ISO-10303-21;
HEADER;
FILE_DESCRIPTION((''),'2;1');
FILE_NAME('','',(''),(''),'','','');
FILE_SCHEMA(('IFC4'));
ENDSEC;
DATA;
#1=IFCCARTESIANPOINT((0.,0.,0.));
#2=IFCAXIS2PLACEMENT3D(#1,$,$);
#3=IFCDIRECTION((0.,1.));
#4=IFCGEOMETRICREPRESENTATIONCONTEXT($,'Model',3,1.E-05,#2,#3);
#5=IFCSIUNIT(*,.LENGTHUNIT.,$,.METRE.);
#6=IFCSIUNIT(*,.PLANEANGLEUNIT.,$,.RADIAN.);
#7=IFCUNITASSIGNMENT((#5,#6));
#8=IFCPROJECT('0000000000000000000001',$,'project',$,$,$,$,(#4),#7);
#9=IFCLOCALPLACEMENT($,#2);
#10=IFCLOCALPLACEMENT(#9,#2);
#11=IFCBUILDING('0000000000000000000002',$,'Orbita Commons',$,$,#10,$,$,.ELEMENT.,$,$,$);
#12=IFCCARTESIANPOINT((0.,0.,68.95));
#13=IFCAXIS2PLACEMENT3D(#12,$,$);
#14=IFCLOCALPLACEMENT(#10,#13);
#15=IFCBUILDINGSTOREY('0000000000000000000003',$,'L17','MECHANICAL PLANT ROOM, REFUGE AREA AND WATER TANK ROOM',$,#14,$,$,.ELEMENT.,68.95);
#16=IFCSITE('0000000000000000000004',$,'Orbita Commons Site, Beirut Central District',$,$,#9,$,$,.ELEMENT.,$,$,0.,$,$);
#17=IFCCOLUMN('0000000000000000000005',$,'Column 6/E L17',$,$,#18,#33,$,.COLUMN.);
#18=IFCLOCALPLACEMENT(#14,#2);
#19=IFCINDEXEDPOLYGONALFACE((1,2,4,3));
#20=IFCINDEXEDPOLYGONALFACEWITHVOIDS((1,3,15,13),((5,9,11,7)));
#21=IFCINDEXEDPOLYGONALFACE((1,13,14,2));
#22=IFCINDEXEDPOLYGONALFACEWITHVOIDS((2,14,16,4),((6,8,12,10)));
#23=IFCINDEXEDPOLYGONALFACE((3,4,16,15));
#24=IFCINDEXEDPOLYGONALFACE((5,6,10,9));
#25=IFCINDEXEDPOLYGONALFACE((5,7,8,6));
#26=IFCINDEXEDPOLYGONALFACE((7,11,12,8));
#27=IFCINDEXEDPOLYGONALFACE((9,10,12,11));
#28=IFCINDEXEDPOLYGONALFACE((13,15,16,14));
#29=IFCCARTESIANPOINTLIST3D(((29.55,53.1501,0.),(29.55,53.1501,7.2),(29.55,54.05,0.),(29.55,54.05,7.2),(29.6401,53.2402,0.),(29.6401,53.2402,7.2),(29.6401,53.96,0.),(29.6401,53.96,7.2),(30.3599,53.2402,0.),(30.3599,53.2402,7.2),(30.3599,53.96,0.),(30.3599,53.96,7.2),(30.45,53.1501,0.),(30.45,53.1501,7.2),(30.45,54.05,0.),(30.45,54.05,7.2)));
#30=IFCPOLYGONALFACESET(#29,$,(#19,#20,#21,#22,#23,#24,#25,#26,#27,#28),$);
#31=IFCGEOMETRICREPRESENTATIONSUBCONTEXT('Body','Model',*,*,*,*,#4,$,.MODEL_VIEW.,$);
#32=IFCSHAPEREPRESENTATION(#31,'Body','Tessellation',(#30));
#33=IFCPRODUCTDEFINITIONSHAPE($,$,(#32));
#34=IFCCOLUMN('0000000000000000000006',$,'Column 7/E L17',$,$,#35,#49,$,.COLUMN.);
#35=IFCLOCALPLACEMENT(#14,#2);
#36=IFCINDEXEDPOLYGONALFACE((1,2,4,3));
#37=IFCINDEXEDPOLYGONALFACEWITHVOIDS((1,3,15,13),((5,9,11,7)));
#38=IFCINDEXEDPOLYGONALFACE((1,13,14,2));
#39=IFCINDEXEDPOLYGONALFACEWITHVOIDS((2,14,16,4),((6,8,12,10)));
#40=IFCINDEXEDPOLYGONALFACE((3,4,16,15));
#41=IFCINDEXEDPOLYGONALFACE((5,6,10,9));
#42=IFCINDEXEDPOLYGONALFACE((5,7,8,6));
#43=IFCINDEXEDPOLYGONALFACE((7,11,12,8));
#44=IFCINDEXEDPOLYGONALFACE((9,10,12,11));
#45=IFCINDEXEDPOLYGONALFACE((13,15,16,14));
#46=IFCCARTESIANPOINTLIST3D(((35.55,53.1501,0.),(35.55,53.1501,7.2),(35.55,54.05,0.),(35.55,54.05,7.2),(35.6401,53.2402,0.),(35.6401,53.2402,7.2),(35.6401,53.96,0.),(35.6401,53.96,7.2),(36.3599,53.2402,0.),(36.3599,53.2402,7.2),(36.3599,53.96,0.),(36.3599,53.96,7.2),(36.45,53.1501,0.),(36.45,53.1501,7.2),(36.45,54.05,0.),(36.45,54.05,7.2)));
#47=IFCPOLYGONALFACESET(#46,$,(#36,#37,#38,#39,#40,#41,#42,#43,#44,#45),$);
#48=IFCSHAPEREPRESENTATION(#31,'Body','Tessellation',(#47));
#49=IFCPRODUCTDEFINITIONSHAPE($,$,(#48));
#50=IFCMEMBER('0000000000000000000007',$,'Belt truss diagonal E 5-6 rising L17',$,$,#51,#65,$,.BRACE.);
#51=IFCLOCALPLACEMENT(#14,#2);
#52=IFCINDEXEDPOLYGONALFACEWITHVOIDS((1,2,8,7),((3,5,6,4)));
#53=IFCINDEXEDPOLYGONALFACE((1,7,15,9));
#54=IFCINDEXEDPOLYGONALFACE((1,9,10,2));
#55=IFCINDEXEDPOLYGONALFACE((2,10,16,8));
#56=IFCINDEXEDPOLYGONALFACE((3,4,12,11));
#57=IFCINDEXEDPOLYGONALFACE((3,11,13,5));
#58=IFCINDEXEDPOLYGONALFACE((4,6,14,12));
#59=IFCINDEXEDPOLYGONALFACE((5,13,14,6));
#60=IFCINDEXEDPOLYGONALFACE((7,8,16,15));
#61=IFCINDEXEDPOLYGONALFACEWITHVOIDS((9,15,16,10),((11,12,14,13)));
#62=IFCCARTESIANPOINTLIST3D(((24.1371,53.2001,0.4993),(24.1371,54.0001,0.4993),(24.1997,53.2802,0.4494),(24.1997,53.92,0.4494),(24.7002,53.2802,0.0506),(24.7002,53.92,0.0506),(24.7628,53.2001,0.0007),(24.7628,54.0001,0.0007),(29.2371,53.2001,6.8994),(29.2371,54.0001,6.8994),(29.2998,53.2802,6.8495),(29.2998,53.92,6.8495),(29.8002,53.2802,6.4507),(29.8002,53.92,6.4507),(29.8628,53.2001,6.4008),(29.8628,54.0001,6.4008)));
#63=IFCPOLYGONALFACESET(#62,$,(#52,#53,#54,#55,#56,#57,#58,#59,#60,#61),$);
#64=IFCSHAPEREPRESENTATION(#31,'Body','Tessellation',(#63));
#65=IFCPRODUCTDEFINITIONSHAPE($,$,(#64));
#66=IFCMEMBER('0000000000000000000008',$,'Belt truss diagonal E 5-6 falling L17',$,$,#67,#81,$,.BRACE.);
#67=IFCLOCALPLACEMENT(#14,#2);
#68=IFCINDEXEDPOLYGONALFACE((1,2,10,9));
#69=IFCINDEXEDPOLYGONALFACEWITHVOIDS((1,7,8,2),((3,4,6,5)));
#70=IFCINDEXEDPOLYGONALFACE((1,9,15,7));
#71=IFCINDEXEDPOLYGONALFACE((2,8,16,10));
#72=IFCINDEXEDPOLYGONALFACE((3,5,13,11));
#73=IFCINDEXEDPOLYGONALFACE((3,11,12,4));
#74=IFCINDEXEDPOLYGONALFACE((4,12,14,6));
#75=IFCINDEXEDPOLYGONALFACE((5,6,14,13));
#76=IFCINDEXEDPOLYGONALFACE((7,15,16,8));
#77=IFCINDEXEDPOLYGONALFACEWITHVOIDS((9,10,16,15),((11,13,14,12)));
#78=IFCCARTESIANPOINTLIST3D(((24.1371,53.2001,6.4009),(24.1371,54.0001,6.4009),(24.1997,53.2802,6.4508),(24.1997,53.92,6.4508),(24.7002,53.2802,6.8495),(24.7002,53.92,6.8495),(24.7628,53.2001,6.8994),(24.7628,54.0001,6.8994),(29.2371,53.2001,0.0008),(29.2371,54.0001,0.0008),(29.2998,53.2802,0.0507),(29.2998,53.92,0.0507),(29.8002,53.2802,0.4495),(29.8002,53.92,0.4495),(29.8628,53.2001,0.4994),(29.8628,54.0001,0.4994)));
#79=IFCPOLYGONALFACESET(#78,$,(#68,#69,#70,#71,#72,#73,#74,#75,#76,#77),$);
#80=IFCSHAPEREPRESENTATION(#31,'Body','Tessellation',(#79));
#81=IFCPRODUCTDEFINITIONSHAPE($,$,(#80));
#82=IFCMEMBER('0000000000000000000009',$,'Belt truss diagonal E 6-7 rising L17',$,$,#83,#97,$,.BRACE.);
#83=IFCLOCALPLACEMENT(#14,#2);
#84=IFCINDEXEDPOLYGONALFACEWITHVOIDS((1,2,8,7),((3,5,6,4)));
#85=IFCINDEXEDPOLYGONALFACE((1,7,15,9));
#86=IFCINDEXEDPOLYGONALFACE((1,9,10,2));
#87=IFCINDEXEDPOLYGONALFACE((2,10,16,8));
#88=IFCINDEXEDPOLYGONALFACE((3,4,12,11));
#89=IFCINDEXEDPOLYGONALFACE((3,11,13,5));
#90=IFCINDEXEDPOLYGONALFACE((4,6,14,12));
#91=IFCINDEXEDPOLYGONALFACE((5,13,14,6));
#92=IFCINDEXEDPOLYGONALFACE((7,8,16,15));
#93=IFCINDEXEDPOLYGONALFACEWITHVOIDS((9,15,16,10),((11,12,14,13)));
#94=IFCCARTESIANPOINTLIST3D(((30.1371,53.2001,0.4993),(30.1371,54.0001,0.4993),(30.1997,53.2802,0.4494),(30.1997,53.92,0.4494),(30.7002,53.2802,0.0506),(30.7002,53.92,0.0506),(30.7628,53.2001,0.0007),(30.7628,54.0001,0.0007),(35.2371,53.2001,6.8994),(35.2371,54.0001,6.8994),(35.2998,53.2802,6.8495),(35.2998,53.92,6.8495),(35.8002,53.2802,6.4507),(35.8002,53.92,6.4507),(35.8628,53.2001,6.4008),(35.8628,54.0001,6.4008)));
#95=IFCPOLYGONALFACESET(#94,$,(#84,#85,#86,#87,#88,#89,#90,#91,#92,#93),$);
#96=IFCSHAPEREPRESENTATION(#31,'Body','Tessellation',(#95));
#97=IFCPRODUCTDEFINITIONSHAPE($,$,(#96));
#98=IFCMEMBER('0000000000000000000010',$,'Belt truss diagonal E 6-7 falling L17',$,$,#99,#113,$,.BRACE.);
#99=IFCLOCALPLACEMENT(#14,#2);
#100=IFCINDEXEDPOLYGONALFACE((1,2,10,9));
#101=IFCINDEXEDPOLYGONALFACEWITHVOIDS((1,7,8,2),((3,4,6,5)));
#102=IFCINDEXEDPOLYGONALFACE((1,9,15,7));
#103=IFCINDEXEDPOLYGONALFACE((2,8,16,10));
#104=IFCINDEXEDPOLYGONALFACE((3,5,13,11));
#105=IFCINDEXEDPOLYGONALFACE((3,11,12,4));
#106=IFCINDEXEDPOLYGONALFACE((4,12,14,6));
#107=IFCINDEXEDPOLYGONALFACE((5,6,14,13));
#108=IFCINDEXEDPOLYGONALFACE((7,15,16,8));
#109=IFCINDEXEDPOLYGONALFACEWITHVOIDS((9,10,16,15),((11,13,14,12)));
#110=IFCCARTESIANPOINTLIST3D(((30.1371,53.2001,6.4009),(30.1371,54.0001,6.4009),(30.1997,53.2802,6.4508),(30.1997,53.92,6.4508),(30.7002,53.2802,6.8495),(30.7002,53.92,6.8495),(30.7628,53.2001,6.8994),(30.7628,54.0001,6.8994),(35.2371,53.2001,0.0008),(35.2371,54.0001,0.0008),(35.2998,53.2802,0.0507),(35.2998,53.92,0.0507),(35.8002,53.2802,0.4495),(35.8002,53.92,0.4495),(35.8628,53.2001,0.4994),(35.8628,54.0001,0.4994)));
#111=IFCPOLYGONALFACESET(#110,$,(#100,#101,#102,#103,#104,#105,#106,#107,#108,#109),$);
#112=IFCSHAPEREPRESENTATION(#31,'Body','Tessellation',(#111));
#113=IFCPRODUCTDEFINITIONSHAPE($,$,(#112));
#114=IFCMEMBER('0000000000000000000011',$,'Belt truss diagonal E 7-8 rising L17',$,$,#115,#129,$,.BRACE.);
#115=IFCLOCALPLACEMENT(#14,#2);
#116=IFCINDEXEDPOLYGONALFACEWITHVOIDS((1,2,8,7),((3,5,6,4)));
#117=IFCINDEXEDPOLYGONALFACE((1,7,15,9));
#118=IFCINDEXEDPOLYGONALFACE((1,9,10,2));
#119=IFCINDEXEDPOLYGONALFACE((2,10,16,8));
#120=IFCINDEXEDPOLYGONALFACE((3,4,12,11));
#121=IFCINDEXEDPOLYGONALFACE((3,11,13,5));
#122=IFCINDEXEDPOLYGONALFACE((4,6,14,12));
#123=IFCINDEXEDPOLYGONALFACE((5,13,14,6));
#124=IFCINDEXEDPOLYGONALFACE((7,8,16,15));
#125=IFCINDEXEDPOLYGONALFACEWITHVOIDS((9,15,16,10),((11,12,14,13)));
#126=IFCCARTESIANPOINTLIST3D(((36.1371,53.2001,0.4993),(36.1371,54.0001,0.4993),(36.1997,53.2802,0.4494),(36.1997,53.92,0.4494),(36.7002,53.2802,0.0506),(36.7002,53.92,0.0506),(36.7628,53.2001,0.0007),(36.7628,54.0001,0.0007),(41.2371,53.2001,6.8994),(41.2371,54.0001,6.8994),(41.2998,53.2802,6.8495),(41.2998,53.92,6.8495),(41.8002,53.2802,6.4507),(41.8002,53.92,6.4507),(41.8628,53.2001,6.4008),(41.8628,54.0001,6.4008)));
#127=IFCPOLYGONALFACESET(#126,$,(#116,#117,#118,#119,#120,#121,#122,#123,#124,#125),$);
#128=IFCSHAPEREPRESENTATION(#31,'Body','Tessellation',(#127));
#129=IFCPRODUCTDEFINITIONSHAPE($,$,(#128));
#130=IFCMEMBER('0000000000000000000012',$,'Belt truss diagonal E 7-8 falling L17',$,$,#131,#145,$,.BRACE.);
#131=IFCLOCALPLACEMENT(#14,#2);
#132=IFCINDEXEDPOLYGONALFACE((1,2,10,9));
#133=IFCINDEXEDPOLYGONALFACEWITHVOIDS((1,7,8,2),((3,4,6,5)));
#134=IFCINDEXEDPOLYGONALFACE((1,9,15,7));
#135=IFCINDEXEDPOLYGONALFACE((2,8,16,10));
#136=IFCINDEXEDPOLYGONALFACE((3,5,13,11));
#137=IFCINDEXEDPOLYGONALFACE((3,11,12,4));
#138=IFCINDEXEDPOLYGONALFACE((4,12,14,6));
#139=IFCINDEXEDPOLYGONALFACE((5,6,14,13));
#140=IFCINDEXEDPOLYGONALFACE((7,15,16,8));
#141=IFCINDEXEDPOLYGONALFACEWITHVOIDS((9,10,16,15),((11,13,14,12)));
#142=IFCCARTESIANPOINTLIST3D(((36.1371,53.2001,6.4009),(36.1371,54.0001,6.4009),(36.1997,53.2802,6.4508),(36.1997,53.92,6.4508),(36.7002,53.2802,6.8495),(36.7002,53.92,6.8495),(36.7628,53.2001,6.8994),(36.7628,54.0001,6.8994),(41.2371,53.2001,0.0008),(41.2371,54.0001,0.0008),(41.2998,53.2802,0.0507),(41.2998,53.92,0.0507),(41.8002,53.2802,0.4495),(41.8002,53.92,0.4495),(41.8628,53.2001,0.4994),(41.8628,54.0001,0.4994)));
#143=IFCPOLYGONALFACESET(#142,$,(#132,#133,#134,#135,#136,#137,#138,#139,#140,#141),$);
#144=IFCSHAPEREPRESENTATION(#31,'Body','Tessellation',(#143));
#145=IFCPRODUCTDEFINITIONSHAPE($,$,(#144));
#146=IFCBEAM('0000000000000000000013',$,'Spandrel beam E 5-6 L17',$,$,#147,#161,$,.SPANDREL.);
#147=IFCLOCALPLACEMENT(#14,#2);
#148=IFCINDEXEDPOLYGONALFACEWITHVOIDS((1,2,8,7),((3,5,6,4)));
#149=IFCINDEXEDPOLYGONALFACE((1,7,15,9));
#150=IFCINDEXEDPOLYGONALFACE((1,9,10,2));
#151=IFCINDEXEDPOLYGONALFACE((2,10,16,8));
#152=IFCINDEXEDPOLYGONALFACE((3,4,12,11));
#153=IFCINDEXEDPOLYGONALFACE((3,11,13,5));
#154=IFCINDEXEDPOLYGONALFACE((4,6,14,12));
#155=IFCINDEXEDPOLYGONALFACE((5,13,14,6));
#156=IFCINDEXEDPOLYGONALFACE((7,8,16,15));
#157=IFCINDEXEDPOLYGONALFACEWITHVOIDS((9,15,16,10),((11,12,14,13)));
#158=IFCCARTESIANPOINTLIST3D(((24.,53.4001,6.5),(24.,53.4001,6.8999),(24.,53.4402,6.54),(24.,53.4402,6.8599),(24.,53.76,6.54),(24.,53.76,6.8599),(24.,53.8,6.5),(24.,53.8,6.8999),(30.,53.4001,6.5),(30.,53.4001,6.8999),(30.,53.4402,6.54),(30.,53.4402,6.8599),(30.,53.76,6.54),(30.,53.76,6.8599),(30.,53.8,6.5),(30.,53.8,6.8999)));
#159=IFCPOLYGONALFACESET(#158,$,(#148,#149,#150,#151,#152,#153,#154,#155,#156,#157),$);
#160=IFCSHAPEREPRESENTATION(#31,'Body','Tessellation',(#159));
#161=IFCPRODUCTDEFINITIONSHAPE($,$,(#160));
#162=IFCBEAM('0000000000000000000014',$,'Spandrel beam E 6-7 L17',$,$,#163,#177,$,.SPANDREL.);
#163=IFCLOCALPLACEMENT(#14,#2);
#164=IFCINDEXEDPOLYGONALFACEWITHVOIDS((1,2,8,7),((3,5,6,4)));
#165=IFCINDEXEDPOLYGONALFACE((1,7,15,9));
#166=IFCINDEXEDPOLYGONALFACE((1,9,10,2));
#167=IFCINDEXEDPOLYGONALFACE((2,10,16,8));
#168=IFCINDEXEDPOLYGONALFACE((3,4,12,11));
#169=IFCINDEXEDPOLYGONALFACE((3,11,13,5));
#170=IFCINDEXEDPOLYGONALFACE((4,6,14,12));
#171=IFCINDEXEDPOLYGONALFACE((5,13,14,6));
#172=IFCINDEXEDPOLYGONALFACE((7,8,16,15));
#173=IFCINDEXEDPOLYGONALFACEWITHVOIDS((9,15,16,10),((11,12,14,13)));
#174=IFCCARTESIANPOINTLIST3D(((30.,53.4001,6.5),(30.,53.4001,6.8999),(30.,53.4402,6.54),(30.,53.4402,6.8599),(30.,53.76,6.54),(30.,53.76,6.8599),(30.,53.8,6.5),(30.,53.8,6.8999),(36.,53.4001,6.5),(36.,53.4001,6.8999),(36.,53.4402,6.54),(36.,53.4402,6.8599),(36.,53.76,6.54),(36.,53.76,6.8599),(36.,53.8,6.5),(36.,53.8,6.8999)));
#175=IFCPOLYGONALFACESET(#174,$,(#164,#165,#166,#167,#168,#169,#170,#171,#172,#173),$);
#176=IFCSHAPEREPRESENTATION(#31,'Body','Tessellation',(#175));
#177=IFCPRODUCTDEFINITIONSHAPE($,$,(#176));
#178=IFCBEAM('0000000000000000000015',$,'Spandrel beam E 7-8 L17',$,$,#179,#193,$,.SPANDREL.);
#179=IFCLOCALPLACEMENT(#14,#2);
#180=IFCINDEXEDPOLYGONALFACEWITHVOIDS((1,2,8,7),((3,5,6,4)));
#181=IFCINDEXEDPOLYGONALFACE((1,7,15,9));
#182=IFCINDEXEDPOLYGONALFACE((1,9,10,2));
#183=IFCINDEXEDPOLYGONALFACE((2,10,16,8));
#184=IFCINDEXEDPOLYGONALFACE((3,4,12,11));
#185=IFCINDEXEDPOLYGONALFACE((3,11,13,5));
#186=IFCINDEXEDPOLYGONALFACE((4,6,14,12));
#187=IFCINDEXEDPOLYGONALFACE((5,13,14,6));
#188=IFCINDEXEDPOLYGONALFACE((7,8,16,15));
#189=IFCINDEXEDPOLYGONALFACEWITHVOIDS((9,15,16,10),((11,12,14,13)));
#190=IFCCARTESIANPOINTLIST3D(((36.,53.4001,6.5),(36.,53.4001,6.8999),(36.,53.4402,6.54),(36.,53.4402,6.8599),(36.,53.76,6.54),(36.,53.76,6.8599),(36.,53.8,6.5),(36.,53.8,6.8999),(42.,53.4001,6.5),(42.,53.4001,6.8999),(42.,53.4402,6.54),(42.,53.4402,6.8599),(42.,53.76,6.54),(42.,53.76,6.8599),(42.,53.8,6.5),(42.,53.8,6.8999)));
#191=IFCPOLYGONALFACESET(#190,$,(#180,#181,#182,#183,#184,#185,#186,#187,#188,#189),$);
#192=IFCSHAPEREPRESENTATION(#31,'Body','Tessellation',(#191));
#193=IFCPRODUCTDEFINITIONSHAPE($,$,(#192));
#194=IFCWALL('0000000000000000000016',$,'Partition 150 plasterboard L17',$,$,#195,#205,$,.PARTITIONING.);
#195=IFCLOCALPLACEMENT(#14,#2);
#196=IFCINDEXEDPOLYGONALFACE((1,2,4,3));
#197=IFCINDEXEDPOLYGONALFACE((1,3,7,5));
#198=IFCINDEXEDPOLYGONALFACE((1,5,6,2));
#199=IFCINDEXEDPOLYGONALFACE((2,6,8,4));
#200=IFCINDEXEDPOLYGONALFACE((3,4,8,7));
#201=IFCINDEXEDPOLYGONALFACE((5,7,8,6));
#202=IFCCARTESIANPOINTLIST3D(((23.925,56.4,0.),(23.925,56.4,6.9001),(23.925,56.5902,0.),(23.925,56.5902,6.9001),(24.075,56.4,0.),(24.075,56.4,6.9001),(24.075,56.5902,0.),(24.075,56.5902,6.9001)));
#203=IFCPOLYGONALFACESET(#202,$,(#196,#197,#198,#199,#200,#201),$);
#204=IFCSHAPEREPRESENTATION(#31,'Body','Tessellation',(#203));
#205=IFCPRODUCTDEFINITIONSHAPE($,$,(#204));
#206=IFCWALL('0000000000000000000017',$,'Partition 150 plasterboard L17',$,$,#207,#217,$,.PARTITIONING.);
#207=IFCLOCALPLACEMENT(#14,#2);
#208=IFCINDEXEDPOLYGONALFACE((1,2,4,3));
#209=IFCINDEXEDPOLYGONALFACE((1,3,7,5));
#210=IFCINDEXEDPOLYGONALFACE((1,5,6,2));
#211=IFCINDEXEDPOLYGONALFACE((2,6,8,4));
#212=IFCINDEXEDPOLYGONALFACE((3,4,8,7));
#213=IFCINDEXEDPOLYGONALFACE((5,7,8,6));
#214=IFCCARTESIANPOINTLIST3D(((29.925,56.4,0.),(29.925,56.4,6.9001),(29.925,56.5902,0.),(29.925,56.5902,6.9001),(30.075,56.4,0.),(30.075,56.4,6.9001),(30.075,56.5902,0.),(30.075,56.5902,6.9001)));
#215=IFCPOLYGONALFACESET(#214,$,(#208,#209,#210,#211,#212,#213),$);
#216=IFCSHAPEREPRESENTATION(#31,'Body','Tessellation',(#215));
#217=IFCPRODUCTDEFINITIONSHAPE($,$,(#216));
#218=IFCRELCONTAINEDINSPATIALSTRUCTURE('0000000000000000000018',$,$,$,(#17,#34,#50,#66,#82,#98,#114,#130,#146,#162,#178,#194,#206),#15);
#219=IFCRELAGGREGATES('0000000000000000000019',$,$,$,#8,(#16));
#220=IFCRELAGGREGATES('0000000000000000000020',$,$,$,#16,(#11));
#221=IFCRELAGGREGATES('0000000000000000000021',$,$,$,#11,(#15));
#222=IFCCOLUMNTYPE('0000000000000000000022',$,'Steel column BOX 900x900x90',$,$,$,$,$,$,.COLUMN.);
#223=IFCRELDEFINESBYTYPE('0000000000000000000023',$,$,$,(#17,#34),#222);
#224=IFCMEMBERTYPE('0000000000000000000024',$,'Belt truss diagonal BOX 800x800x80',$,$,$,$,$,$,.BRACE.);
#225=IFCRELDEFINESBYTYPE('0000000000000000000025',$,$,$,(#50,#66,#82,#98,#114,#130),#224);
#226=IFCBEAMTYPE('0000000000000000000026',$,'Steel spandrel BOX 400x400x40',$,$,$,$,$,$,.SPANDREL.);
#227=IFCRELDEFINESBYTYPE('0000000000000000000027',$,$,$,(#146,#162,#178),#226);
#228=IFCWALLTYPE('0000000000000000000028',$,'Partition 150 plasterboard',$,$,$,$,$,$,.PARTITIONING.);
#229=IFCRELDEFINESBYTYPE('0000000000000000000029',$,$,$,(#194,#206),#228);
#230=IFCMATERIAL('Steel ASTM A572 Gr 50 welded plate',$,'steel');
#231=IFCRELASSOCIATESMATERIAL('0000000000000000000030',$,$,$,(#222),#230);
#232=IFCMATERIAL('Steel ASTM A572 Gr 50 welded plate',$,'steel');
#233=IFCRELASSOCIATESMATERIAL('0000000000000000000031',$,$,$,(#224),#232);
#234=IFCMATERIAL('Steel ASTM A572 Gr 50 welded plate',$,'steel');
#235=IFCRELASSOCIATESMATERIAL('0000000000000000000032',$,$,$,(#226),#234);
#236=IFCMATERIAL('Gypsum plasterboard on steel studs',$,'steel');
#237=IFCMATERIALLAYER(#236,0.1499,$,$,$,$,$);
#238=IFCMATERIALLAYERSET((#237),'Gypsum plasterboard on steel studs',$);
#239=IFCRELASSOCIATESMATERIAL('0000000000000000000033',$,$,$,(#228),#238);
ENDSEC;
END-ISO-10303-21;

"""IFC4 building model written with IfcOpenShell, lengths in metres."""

from ifc_helpers import new_model, si_unit, direction, frame, frame_2d, origin, origin_2d, place, context, subcontext, project, spatial, rectangle, hollow_rectangle, extrude, material, layer, layer_set, material_profile, profile_set, type_object, element, save


model = new_model("IFC4")

# Units and contexts
model_context = context("Model", 3, precision=1e-05, world=origin(), true_north=direction((0.0, 1.0)))
body_context = subcontext(model_context, "Body", "Model", "MODEL_VIEW")
ifc_project = project(units=[si_unit("LENGTHUNIT", "METRE"), si_unit("PLANEANGLEUNIT", "RADIAN")], contexts=[model_context])

# Site, building, storey
site_placement = place(None, origin())
site = spatial("IfcSite", under=ifc_project, at=site_placement, Name="Orbita Commons Site, Beirut Central District", CompositionType="ELEMENT", RefElevation=0.0)
building_placement = place(site_placement, origin())
building = spatial("IfcBuilding", under=site, at=building_placement, Name="Orbita Commons", CompositionType="ELEMENT")
storey_placement = place(building_placement, frame((0.0, 0.0, 68.95)))
storey = spatial("IfcBuildingStorey", under=building, at=storey_placement, Name="L17", Description="MECHANICAL PLANT ROOM, REFUGE AREA AND WATER TANK ROOM", CompositionType="ELEMENT", Elevation=68.95)

# Columns
ifc_material_1 = material(Name="Steel ASTM A572 Gr 50 welded plate", Category="steel")
ifc_material_profile_1 = material_profile(ifc_material_1, hollow_rectangle(XDim=0.8999, YDim=0.8999, WallThickness=0.0901, at=origin_2d()), Name="BOX 900x900x90")
ifc_profile_set_1 = profile_set([ifc_material_profile_1], Name="Steel ASTM A572 Gr 50 welded plate")
column_type = type_object("IfcColumnType", Name="Steel column BOX 900x900x90", PredefinedType="COLUMN", material=ifc_profile_set_1)
for number, where, z_axis, x_axis, name in (
    (1, (30.0, 53.6001, 0.0), (0.0, 0.0, 1.0), (1.0, 0.0, 0.0), "Column 6/E L17"),
    (2, (36.0, 53.6001, 0.0), (0.0, 0.0, 1.0), (1.0, 0.0, 0.0), "Column 7/E L17"),
):
    element("IfcColumn", number, at=place(storey_placement, frame(where, z_axis=z_axis, x_axis=x_axis)), inside=storey, type_object=column_type, Name=name, PredefinedType="COLUMN", context=body_context, shape_type="SweptSolid", body=[
        extrude(hollow_rectangle(XDim=0.8999, YDim=0.8999, WallThickness=0.0901, at=origin_2d()), origin(), (0.0, 0.0, 1.0), 7.2),
    ])

# Members
ifc_material_2 = material(Name="Steel ASTM A572 Gr 50 welded plate", Category="steel")
ifc_material_profile_2 = material_profile(ifc_material_2, hollow_rectangle(XDim=0.8, YDim=0.8, WallThickness=0.0801, at=origin_2d()), Name="BOX 800x800x80")
ifc_profile_set_2 = profile_set([ifc_material_profile_2], Name="Steel ASTM A572 Gr 50 welded plate")
member_type = type_object("IfcMemberType", Name="Belt truss diagonal BOX 800x800x80", PredefinedType="BRACE", material=ifc_profile_set_2)
for number, where, z_axis, x_axis, name in (
    (3, (24.45, 53.6001, 0.25), (0.623202, 0.0, 0.782061), (0.0, 1.0, 0.0), "Belt truss diagonal E 5-6 rising L17"),
    (4, (24.45, 53.6001, 6.6501), (0.623202, 0.0, -0.782061), (0.0, 1.0, 0.0), "Belt truss diagonal E 5-6 falling L17"),
    (5, (30.45, 53.6001, 0.25), (0.623202, 0.0, 0.782061), (0.0, 1.0, 0.0), "Belt truss diagonal E 6-7 rising L17"),
    (6, (30.45, 53.6001, 6.6501), (0.623202, 0.0, -0.782061), (0.0, 1.0, 0.0), "Belt truss diagonal E 6-7 falling L17"),
    (7, (36.45, 53.6001, 0.25), (0.623202, 0.0, 0.782061), (0.0, 1.0, 0.0), "Belt truss diagonal E 7-8 rising L17"),
    (8, (36.45, 53.6001, 6.6501), (0.623202, 0.0, -0.782061), (0.0, 1.0, 0.0), "Belt truss diagonal E 7-8 falling L17"),
):
    element("IfcMember", number, at=place(storey_placement, frame(where, z_axis=z_axis, x_axis=x_axis)), inside=storey, type_object=member_type, Name=name, PredefinedType="BRACE", context=body_context, shape_type="SweptSolid", body=[
        extrude(hollow_rectangle(XDim=0.8, YDim=0.8, WallThickness=0.0801, at=origin_2d()), origin(), (0.0, 0.0, 1.0), 8.1836),
    ])

# Beams
ifc_material_3 = material(Name="Steel ASTM A572 Gr 50 welded plate", Category="steel")
ifc_material_profile_3 = material_profile(ifc_material_3, hollow_rectangle(XDim=0.3999, YDim=0.3999, WallThickness=0.04, at=origin_2d()), Name="BOX 400x400x40")
ifc_profile_set_3 = profile_set([ifc_material_profile_3], Name="Steel ASTM A572 Gr 50 welded plate")
beam_type = type_object("IfcBeamType", Name="Steel spandrel BOX 400x400x40", PredefinedType="SPANDREL", material=ifc_profile_set_3)
for number, where, z_axis, x_axis, name in (
    (9, (24.0, 53.6001, 6.7), (1.0, 0.0, 0.0), (0.0, 1.0, 0.0), "Spandrel beam E 5-6 L17"),
    (10, (30.0, 53.6001, 6.7), (1.0, 0.0, 0.0), (0.0, 1.0, 0.0), "Spandrel beam E 6-7 L17"),
    (11, (36.0, 53.6001, 6.7), (1.0, 0.0, 0.0), (0.0, 1.0, 0.0), "Spandrel beam E 7-8 L17"),
):
    element("IfcBeam", number, at=place(storey_placement, frame(where, z_axis=z_axis, x_axis=x_axis)), inside=storey, type_object=beam_type, Name=name, PredefinedType="SPANDREL", context=body_context, shape_type="SweptSolid", body=[
        extrude(hollow_rectangle(XDim=0.3999, YDim=0.3999, WallThickness=0.04, at=origin_2d()), origin(), (0.0, 0.0, 1.0), 6.0),
    ])

# Walls
ifc_material_4 = material(Name="Gypsum plasterboard on steel studs", Category="steel")
ifc_layer = layer(ifc_material_4, 0.1499)
ifc_layer_set = layer_set([ifc_layer], Name="Gypsum plasterboard on steel studs")
wall_type = type_object("IfcWallType", Name="Partition 150 plasterboard", PredefinedType="PARTITIONING", material=ifc_layer_set)
for number, where, z_axis, x_axis, name in (
    (12, (24.0, 56.3999, 0.0), (0.0, 0.0, 1.0), (0.0, 1.0, 0.0), "Partition 150 plasterboard L17"),
    (13, (30.0, 56.3999, 0.0), (0.0, 0.0, 1.0), (0.0, 1.0, 0.0), "Partition 150 plasterboard L17"),
):
    element("IfcWall", number, at=place(storey_placement, frame(where, z_axis=z_axis, x_axis=x_axis)), inside=storey, type_object=wall_type, Name=name, PredefinedType="PARTITIONING", context=body_context, shape_type="SweptSolid", body=[
        extrude(rectangle(XDim=0.1902, YDim=0.1499, at=frame_2d((0.0952, 0.0))), origin(), (0.0, 0.0, 1.0), 6.9001),
    ])

save(model, "model.ifc")
